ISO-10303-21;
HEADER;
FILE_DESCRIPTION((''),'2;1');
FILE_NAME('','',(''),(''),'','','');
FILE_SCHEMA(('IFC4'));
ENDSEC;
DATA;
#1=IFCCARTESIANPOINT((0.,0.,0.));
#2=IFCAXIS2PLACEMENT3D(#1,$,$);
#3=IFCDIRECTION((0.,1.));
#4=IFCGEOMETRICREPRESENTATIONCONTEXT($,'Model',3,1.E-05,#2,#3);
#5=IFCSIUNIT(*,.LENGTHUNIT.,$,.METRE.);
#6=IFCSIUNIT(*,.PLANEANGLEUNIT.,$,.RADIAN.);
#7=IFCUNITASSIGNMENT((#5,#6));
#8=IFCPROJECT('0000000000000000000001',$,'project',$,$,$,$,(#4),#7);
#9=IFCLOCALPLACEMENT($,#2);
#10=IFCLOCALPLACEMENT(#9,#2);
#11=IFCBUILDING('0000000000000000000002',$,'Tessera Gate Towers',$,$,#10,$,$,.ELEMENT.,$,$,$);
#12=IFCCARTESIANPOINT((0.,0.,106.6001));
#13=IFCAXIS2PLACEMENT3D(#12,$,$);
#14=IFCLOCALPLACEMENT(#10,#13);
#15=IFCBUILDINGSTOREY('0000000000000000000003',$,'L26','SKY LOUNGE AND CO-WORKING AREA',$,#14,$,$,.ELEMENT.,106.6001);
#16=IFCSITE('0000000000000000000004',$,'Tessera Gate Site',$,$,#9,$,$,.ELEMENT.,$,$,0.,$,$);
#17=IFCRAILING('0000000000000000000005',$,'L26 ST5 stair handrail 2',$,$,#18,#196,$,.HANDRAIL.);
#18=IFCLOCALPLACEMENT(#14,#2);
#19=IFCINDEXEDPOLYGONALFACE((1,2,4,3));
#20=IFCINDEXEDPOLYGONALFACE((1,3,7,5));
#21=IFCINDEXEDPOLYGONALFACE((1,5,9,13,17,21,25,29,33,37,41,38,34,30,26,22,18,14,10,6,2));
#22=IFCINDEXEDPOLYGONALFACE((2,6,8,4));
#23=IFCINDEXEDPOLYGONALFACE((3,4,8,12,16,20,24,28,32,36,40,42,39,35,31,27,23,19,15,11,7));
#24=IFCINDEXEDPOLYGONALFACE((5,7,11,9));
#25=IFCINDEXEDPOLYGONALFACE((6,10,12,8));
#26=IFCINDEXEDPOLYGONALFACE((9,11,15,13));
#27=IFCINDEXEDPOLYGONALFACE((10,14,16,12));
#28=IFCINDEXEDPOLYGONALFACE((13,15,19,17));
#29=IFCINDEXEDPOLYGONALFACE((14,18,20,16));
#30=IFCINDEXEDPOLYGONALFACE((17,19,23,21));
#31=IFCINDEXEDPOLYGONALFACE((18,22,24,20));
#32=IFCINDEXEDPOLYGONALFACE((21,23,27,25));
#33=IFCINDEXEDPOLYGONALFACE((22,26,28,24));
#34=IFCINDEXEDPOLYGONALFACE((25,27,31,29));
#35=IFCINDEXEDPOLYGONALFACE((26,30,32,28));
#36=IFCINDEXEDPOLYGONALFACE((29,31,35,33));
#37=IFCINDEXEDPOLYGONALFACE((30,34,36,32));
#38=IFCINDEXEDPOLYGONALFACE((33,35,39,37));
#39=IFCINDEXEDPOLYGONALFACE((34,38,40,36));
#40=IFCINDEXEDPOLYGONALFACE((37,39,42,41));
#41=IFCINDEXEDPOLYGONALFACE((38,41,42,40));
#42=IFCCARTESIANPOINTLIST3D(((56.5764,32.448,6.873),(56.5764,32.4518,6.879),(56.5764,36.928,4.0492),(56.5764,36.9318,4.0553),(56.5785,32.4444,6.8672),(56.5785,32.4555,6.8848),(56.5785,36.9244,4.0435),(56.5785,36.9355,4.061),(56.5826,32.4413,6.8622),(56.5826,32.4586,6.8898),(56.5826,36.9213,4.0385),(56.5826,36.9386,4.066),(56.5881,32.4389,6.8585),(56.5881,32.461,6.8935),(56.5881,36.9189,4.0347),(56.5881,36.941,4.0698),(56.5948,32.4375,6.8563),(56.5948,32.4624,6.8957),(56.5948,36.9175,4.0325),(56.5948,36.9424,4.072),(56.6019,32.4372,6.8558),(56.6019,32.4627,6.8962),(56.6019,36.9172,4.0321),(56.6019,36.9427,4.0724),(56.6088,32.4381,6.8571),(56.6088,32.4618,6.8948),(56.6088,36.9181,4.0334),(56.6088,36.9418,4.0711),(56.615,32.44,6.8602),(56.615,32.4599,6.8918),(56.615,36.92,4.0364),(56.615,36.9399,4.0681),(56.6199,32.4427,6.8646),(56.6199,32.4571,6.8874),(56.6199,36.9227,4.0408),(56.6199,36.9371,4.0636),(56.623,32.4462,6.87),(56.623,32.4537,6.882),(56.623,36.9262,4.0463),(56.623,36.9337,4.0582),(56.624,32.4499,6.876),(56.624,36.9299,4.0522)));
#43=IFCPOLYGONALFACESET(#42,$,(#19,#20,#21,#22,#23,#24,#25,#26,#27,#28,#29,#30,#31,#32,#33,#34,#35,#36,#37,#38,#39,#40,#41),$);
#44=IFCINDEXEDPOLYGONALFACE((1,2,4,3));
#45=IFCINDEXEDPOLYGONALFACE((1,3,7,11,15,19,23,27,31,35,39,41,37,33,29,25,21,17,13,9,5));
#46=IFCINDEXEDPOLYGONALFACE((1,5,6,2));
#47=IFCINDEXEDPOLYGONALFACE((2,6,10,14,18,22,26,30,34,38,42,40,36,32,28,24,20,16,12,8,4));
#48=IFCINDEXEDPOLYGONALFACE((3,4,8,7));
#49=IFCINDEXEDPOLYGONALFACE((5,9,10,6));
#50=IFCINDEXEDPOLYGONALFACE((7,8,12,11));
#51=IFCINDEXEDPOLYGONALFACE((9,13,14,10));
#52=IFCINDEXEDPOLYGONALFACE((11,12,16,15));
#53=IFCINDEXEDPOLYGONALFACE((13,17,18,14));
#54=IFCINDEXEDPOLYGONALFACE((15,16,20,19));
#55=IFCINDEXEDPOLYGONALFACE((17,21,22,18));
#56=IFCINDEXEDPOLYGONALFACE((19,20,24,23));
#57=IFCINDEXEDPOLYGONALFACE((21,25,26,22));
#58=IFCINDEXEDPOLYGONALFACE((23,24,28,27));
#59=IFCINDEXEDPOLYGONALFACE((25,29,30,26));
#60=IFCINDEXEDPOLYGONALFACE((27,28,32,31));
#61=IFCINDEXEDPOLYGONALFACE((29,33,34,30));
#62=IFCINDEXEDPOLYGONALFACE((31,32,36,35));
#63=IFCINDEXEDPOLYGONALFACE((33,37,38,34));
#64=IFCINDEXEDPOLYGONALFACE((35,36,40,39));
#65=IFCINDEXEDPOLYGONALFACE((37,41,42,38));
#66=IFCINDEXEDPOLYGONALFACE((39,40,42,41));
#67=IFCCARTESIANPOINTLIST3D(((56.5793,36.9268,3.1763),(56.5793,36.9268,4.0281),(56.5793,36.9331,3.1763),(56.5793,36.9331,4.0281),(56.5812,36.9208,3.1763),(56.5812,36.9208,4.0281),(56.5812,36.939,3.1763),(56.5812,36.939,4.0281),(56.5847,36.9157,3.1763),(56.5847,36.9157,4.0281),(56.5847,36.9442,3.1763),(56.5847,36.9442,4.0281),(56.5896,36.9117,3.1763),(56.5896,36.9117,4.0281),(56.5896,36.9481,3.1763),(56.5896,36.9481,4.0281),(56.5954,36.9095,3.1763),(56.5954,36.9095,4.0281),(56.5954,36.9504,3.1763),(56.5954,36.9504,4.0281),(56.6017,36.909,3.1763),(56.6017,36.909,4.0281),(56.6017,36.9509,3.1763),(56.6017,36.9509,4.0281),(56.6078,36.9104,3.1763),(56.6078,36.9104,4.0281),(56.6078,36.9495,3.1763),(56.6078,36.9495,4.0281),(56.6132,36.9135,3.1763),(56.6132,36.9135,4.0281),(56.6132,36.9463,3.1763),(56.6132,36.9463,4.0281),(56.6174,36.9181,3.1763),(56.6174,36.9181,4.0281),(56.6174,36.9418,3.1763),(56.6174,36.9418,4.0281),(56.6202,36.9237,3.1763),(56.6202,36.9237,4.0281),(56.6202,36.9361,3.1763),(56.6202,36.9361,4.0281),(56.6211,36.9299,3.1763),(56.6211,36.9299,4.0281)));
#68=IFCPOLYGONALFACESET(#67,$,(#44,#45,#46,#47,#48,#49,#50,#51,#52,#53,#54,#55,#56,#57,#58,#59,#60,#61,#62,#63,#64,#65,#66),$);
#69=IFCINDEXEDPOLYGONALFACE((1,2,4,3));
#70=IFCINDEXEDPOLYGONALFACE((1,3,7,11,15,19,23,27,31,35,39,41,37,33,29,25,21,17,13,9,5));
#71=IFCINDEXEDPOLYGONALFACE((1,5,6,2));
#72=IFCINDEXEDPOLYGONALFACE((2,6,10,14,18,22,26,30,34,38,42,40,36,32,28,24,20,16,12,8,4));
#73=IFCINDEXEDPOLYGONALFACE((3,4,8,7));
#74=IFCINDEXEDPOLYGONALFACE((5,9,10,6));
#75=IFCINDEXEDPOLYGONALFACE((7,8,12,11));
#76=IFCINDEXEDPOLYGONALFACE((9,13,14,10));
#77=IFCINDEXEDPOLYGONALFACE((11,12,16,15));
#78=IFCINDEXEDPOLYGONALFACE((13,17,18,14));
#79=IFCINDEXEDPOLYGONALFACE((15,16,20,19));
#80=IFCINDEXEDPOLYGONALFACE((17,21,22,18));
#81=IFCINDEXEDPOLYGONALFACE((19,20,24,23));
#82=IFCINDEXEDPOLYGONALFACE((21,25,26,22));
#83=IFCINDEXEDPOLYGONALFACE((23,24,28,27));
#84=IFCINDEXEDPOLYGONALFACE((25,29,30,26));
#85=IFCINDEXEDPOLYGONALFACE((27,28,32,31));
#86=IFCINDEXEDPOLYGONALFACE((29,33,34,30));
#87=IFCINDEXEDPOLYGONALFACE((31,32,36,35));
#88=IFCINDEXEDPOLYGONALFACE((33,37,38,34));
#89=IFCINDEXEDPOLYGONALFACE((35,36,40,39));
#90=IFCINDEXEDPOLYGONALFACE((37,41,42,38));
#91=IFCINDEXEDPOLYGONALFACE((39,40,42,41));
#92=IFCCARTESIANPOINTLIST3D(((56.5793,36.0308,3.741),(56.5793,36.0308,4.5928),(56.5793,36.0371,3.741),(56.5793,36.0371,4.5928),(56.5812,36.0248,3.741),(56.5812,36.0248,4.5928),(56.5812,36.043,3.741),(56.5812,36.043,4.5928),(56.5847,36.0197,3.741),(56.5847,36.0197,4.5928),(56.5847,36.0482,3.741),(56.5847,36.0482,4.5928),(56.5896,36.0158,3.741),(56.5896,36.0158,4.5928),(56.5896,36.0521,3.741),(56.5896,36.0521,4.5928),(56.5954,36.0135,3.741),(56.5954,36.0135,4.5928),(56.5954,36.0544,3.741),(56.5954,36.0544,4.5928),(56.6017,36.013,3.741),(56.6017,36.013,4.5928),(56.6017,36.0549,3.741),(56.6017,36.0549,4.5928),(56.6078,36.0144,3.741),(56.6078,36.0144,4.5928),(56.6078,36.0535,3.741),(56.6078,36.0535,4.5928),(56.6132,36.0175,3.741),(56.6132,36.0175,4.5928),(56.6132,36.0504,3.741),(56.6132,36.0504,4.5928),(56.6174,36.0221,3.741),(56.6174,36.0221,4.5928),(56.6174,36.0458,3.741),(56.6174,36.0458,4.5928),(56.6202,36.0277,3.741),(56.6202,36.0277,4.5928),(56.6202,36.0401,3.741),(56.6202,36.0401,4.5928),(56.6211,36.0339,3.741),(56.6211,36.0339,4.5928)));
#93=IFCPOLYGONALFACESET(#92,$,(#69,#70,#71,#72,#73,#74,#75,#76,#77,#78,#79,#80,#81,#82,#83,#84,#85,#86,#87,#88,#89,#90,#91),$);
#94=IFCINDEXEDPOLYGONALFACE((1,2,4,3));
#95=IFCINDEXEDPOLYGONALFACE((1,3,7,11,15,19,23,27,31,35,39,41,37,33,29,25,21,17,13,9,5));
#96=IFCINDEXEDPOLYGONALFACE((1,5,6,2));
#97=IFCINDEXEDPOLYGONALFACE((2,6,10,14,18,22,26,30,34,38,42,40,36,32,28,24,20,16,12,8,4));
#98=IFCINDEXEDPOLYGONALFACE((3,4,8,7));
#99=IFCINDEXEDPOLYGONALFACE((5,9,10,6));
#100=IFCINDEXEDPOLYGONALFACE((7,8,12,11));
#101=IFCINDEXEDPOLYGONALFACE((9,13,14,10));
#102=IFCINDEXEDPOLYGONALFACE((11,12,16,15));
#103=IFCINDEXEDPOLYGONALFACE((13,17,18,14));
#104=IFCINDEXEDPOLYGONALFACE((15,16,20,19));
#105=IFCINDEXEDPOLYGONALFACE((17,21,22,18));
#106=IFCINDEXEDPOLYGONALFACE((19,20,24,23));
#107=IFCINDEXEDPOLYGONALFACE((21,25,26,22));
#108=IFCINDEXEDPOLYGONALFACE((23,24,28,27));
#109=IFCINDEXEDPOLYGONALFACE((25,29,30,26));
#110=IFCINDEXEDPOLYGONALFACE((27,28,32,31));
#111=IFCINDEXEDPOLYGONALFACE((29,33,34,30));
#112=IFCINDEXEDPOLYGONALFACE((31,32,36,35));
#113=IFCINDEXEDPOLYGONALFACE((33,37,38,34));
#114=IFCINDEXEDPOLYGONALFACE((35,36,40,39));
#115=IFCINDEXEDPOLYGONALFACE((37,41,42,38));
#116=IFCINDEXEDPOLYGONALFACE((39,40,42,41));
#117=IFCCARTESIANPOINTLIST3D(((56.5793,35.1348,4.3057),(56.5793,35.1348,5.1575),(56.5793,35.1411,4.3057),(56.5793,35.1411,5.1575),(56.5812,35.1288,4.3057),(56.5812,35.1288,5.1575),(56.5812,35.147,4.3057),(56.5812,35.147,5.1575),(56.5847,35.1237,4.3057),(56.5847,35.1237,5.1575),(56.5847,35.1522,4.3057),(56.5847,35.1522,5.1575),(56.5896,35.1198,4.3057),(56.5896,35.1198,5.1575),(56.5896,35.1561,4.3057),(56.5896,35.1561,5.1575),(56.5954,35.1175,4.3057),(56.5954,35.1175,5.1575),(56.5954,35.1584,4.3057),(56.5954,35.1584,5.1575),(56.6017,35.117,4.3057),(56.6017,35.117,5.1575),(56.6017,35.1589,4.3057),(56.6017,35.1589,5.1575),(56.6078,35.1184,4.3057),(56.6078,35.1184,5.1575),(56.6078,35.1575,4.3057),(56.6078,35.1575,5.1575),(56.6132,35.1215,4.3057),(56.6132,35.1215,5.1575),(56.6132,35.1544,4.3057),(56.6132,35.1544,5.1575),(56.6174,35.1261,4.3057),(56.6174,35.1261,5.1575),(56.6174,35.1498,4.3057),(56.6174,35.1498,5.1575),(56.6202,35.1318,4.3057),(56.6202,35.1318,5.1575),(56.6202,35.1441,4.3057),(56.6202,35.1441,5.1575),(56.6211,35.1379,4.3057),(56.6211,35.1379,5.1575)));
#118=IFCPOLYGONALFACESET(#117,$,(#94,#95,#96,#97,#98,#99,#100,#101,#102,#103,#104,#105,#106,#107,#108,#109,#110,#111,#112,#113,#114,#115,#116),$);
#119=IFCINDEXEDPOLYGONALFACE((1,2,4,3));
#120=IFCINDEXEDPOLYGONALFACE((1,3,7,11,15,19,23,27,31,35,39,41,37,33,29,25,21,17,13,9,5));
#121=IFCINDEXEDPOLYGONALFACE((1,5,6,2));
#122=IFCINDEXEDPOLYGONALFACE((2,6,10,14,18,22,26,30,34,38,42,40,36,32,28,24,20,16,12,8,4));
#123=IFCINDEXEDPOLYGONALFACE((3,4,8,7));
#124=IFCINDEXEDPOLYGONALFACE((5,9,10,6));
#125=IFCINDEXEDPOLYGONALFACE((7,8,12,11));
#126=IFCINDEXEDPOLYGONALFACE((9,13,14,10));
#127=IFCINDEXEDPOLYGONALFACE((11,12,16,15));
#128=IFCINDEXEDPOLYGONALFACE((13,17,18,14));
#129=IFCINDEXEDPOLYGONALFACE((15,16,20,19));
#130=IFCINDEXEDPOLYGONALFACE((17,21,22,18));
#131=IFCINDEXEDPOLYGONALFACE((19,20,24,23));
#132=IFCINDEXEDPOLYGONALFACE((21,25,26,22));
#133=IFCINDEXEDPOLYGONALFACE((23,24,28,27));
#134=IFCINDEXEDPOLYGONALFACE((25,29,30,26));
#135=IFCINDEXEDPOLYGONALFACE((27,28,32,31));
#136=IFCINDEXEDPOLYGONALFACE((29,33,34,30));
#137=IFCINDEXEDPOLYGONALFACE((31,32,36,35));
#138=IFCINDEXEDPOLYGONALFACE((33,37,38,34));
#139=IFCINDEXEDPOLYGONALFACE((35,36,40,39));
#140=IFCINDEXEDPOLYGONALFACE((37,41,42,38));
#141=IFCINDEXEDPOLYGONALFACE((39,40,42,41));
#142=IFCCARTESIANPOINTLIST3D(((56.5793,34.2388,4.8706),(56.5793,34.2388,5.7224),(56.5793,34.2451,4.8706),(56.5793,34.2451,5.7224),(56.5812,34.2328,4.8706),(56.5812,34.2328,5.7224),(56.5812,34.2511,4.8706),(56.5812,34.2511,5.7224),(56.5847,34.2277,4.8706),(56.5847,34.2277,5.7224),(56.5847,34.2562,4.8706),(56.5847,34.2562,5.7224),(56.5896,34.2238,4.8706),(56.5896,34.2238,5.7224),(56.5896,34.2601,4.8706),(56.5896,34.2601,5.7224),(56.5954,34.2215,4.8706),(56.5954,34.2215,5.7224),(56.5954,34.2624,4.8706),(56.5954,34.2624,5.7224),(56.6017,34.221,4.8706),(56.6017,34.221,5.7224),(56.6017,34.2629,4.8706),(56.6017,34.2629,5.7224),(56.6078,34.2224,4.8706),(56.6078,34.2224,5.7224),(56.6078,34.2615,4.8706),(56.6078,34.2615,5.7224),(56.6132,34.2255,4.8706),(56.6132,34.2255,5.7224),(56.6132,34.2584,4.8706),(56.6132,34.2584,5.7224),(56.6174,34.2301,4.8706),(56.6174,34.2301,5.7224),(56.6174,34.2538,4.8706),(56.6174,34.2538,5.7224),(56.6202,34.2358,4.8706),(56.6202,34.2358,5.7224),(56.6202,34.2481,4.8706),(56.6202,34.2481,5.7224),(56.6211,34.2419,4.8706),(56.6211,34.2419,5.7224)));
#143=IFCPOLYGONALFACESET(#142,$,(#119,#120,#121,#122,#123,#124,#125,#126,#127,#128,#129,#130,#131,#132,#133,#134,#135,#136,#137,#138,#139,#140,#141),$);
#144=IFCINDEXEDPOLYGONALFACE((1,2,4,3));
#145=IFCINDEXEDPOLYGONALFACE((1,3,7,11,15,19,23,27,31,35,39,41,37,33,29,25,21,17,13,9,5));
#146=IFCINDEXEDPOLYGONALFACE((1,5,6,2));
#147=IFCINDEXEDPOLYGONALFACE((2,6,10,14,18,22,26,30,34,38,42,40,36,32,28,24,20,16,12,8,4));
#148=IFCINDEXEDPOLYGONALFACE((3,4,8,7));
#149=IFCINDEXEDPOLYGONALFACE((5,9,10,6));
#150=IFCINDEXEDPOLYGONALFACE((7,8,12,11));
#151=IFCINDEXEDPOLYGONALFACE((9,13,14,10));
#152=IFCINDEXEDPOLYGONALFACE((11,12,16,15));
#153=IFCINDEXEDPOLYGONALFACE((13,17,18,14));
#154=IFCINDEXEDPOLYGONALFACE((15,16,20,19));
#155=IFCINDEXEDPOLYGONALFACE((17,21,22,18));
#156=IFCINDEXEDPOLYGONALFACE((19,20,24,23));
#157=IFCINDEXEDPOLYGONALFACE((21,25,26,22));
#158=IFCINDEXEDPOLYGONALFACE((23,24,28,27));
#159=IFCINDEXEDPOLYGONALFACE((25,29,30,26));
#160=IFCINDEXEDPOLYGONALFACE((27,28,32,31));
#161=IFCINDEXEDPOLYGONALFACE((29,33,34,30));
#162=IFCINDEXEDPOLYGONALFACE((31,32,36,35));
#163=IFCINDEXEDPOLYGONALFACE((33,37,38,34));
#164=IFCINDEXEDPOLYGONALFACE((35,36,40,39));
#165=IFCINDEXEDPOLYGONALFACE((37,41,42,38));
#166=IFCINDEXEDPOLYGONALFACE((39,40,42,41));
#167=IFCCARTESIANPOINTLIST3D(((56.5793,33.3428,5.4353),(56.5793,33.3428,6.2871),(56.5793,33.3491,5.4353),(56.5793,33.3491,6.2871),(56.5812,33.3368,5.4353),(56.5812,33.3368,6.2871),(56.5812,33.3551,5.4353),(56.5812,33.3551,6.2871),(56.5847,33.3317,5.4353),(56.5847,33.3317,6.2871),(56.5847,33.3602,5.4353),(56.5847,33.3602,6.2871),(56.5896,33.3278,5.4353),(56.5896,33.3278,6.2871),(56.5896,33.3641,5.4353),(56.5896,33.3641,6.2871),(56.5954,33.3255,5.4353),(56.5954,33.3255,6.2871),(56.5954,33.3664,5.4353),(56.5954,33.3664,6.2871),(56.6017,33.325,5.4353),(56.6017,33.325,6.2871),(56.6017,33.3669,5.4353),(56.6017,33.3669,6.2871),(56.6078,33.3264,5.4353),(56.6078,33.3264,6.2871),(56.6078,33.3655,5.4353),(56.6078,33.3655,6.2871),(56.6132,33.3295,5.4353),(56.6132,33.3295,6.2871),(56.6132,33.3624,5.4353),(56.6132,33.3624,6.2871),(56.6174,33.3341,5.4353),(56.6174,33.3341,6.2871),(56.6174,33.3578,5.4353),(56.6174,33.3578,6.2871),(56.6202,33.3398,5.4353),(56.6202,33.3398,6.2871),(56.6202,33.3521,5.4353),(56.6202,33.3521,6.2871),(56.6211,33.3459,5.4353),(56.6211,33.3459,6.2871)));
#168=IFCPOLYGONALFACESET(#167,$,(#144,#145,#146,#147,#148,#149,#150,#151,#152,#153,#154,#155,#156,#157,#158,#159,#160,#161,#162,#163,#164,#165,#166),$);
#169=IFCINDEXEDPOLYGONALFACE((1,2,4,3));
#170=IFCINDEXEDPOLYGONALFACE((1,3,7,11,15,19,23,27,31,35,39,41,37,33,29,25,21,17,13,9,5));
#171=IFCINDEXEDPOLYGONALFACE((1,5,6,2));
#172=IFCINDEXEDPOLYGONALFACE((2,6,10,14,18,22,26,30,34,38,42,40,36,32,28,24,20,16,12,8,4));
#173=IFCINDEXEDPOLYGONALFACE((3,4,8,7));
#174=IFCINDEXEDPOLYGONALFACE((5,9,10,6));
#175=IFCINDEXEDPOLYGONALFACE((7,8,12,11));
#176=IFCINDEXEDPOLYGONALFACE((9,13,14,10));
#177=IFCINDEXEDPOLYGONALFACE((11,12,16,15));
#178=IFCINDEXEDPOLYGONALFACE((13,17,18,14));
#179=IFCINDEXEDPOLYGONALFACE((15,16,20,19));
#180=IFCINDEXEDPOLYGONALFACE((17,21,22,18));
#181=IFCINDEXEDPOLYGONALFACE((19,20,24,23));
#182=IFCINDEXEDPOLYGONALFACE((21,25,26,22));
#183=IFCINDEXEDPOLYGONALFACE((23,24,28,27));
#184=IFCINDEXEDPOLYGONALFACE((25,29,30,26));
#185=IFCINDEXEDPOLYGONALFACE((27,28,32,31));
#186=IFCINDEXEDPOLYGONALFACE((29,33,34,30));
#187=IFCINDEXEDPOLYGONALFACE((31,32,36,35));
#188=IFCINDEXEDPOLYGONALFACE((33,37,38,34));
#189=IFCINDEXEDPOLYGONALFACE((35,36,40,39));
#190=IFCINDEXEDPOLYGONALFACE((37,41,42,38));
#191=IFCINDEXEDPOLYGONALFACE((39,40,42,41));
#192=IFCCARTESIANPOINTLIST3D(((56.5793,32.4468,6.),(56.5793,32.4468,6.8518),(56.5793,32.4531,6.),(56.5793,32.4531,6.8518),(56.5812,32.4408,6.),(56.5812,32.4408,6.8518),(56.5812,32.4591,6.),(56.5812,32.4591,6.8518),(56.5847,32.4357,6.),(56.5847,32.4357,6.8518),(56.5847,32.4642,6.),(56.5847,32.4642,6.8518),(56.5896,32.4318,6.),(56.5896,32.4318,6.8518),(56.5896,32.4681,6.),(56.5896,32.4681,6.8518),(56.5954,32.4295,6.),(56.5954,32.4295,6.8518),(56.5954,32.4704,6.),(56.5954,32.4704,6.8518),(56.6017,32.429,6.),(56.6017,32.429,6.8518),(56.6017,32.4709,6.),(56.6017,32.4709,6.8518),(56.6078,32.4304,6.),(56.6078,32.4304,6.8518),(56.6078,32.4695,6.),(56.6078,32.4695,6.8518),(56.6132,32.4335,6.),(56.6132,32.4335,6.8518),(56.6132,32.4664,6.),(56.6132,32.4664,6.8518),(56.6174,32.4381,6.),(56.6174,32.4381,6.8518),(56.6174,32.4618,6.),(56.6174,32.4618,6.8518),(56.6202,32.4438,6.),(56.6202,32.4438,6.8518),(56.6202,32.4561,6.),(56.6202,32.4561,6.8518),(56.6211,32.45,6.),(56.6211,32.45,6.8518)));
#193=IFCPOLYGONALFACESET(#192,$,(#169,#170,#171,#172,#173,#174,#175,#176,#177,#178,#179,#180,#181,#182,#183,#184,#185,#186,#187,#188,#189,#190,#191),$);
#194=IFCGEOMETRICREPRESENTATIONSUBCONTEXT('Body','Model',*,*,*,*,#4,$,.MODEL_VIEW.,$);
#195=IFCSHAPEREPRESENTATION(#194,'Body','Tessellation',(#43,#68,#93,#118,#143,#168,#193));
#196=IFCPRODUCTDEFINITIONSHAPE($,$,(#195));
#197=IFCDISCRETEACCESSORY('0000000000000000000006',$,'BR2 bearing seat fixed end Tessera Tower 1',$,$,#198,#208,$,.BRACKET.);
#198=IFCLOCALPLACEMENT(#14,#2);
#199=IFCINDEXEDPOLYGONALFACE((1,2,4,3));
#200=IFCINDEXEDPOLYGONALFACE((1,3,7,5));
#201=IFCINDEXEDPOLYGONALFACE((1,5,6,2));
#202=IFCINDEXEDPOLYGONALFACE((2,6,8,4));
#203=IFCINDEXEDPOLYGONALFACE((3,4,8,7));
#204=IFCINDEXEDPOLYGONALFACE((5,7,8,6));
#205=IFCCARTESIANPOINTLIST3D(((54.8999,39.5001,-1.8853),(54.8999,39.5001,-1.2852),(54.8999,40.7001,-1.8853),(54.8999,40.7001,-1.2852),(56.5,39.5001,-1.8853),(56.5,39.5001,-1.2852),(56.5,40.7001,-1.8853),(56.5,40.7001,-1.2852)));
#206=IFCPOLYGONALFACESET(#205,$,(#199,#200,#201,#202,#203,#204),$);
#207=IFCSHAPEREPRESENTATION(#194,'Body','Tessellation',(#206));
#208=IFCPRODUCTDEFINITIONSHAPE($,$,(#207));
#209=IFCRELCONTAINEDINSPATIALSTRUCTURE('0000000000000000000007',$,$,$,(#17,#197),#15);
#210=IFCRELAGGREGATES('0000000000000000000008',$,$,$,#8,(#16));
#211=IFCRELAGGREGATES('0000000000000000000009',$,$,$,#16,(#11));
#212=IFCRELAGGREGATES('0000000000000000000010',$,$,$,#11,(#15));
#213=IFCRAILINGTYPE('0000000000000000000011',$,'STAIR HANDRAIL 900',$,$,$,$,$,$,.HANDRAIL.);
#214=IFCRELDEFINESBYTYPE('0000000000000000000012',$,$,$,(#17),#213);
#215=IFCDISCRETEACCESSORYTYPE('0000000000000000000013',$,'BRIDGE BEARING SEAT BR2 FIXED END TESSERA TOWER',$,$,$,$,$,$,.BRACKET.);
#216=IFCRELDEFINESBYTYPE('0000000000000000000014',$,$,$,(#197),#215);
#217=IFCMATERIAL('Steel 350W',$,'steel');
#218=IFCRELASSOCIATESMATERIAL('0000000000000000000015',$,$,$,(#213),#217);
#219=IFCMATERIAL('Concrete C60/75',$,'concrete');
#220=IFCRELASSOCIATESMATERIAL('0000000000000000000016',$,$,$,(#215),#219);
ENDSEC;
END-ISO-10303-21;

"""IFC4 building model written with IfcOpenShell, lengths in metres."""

from ifc_helpers import new_model, si_unit, direction, frame, origin, origin_2d, place, context, subcontext, project, spatial, rectangle, circle, extrude, material, type_object, element, save


model = new_model("IFC4")

# Units and contexts
model_context = context("Model", 3, precision=1e-05, world=origin(), true_north=direction((0.0, 1.0)))
body_context = subcontext(model_context, "Body", "Model", "MODEL_VIEW")
ifc_project = project(units=[si_unit("LENGTHUNIT", "METRE"), si_unit("PLANEANGLEUNIT", "RADIAN")], contexts=[model_context])

# Site, building, storey
site_placement = place(None, origin())
site = spatial("IfcSite", under=ifc_project, at=site_placement, Name="Tessera Gate Site", CompositionType="ELEMENT", RefElevation=0.0)
building_placement = place(site_placement, origin())
building = spatial("IfcBuilding", under=site, at=building_placement, Name="Tessera Gate Towers", CompositionType="ELEMENT")
storey_placement = place(building_placement, frame((0.0, 0.0, 106.6001)))
storey = spatial("IfcBuildingStorey", under=building, at=storey_placement, Name="L26", Description="SKY LOUNGE AND CO-WORKING AREA", CompositionType="ELEMENT", Elevation=106.6001)

# Railing
ifc_material_1 = material(Name="Steel 350W", Category="steel")
railing_type_1 = type_object("IfcRailingType", Name="STAIR HANDRAIL 900", PredefinedType="HANDRAIL", material=ifc_material_1)
railing_1_placement = place(storey_placement, frame((56.6001, 36.9299, 3.1763)))
element("IfcRailing", 1, at=railing_1_placement, inside=storey, type_object=railing_type_1, Name="L26 ST5 stair handrail 2", PredefinedType="HANDRAIL", context=body_context, shape_type="SweptSolid", body=[
    extrude(circle(Radius=0.0239, at=origin_2d()), frame((0.0, 0.0, 0.876), z_axis=(0.0, -0.845977, 0.533219), x_axis=(1.0, 0.0, 0.0)), (0.0, 0.0, 1.0), 5.2957),
    extrude(circle(Radius=0.021, at=origin_2d()), origin(), (0.0, 0.0, 1.0), 0.8518),
    extrude(circle(Radius=0.021, at=origin_2d()), frame((0.0, -0.896, 0.5647)), (0.0, 0.0, 1.0), 0.8518),
    extrude(circle(Radius=0.021, at=origin_2d()), frame((0.0, -1.792, 1.1294)), (0.0, 0.0, 1.0), 0.8518),
    extrude(circle(Radius=0.021, at=origin_2d()), frame((0.0, -2.688, 1.6943)), (0.0, 0.0, 1.0), 0.8518),
    extrude(circle(Radius=0.021, at=origin_2d()), frame((0.0, -3.584, 2.259)), (0.0, 0.0, 1.0), 0.8518),
    extrude(circle(Radius=0.021, at=origin_2d()), frame((0.0, -4.48, 2.8237)), (0.0, 0.0, 1.0), 0.8518),
])

# Discrete accessory
ifc_material_2 = material(Name="Concrete C60/75", Category="concrete")
discrete_accessory_type = type_object("IfcDiscreteAccessoryType", Name="BRIDGE BEARING SEAT BR2 FIXED END TESSERA TOWER", PredefinedType="BRACKET", material=ifc_material_2)
discrete_accessory_placement = place(storey_placement, frame((55.7, 40.1001, -1.8853), z_axis=(0.0, 0.0, 1.0), x_axis=(1.0, 0.0, 0.0)))
element("IfcDiscreteAccessory", 2, at=discrete_accessory_placement, inside=storey, type_object=discrete_accessory_type, Name="BR2 bearing seat fixed end Tessera Tower 1", PredefinedType="BRACKET", context=body_context, shape_type="SweptSolid", body=[
    extrude(rectangle(XDim=1.6001, YDim=1.2, at=origin_2d()), origin(), (0.0, 0.0, 1.0), 0.6001),
])

save(model, "model.ifc")
